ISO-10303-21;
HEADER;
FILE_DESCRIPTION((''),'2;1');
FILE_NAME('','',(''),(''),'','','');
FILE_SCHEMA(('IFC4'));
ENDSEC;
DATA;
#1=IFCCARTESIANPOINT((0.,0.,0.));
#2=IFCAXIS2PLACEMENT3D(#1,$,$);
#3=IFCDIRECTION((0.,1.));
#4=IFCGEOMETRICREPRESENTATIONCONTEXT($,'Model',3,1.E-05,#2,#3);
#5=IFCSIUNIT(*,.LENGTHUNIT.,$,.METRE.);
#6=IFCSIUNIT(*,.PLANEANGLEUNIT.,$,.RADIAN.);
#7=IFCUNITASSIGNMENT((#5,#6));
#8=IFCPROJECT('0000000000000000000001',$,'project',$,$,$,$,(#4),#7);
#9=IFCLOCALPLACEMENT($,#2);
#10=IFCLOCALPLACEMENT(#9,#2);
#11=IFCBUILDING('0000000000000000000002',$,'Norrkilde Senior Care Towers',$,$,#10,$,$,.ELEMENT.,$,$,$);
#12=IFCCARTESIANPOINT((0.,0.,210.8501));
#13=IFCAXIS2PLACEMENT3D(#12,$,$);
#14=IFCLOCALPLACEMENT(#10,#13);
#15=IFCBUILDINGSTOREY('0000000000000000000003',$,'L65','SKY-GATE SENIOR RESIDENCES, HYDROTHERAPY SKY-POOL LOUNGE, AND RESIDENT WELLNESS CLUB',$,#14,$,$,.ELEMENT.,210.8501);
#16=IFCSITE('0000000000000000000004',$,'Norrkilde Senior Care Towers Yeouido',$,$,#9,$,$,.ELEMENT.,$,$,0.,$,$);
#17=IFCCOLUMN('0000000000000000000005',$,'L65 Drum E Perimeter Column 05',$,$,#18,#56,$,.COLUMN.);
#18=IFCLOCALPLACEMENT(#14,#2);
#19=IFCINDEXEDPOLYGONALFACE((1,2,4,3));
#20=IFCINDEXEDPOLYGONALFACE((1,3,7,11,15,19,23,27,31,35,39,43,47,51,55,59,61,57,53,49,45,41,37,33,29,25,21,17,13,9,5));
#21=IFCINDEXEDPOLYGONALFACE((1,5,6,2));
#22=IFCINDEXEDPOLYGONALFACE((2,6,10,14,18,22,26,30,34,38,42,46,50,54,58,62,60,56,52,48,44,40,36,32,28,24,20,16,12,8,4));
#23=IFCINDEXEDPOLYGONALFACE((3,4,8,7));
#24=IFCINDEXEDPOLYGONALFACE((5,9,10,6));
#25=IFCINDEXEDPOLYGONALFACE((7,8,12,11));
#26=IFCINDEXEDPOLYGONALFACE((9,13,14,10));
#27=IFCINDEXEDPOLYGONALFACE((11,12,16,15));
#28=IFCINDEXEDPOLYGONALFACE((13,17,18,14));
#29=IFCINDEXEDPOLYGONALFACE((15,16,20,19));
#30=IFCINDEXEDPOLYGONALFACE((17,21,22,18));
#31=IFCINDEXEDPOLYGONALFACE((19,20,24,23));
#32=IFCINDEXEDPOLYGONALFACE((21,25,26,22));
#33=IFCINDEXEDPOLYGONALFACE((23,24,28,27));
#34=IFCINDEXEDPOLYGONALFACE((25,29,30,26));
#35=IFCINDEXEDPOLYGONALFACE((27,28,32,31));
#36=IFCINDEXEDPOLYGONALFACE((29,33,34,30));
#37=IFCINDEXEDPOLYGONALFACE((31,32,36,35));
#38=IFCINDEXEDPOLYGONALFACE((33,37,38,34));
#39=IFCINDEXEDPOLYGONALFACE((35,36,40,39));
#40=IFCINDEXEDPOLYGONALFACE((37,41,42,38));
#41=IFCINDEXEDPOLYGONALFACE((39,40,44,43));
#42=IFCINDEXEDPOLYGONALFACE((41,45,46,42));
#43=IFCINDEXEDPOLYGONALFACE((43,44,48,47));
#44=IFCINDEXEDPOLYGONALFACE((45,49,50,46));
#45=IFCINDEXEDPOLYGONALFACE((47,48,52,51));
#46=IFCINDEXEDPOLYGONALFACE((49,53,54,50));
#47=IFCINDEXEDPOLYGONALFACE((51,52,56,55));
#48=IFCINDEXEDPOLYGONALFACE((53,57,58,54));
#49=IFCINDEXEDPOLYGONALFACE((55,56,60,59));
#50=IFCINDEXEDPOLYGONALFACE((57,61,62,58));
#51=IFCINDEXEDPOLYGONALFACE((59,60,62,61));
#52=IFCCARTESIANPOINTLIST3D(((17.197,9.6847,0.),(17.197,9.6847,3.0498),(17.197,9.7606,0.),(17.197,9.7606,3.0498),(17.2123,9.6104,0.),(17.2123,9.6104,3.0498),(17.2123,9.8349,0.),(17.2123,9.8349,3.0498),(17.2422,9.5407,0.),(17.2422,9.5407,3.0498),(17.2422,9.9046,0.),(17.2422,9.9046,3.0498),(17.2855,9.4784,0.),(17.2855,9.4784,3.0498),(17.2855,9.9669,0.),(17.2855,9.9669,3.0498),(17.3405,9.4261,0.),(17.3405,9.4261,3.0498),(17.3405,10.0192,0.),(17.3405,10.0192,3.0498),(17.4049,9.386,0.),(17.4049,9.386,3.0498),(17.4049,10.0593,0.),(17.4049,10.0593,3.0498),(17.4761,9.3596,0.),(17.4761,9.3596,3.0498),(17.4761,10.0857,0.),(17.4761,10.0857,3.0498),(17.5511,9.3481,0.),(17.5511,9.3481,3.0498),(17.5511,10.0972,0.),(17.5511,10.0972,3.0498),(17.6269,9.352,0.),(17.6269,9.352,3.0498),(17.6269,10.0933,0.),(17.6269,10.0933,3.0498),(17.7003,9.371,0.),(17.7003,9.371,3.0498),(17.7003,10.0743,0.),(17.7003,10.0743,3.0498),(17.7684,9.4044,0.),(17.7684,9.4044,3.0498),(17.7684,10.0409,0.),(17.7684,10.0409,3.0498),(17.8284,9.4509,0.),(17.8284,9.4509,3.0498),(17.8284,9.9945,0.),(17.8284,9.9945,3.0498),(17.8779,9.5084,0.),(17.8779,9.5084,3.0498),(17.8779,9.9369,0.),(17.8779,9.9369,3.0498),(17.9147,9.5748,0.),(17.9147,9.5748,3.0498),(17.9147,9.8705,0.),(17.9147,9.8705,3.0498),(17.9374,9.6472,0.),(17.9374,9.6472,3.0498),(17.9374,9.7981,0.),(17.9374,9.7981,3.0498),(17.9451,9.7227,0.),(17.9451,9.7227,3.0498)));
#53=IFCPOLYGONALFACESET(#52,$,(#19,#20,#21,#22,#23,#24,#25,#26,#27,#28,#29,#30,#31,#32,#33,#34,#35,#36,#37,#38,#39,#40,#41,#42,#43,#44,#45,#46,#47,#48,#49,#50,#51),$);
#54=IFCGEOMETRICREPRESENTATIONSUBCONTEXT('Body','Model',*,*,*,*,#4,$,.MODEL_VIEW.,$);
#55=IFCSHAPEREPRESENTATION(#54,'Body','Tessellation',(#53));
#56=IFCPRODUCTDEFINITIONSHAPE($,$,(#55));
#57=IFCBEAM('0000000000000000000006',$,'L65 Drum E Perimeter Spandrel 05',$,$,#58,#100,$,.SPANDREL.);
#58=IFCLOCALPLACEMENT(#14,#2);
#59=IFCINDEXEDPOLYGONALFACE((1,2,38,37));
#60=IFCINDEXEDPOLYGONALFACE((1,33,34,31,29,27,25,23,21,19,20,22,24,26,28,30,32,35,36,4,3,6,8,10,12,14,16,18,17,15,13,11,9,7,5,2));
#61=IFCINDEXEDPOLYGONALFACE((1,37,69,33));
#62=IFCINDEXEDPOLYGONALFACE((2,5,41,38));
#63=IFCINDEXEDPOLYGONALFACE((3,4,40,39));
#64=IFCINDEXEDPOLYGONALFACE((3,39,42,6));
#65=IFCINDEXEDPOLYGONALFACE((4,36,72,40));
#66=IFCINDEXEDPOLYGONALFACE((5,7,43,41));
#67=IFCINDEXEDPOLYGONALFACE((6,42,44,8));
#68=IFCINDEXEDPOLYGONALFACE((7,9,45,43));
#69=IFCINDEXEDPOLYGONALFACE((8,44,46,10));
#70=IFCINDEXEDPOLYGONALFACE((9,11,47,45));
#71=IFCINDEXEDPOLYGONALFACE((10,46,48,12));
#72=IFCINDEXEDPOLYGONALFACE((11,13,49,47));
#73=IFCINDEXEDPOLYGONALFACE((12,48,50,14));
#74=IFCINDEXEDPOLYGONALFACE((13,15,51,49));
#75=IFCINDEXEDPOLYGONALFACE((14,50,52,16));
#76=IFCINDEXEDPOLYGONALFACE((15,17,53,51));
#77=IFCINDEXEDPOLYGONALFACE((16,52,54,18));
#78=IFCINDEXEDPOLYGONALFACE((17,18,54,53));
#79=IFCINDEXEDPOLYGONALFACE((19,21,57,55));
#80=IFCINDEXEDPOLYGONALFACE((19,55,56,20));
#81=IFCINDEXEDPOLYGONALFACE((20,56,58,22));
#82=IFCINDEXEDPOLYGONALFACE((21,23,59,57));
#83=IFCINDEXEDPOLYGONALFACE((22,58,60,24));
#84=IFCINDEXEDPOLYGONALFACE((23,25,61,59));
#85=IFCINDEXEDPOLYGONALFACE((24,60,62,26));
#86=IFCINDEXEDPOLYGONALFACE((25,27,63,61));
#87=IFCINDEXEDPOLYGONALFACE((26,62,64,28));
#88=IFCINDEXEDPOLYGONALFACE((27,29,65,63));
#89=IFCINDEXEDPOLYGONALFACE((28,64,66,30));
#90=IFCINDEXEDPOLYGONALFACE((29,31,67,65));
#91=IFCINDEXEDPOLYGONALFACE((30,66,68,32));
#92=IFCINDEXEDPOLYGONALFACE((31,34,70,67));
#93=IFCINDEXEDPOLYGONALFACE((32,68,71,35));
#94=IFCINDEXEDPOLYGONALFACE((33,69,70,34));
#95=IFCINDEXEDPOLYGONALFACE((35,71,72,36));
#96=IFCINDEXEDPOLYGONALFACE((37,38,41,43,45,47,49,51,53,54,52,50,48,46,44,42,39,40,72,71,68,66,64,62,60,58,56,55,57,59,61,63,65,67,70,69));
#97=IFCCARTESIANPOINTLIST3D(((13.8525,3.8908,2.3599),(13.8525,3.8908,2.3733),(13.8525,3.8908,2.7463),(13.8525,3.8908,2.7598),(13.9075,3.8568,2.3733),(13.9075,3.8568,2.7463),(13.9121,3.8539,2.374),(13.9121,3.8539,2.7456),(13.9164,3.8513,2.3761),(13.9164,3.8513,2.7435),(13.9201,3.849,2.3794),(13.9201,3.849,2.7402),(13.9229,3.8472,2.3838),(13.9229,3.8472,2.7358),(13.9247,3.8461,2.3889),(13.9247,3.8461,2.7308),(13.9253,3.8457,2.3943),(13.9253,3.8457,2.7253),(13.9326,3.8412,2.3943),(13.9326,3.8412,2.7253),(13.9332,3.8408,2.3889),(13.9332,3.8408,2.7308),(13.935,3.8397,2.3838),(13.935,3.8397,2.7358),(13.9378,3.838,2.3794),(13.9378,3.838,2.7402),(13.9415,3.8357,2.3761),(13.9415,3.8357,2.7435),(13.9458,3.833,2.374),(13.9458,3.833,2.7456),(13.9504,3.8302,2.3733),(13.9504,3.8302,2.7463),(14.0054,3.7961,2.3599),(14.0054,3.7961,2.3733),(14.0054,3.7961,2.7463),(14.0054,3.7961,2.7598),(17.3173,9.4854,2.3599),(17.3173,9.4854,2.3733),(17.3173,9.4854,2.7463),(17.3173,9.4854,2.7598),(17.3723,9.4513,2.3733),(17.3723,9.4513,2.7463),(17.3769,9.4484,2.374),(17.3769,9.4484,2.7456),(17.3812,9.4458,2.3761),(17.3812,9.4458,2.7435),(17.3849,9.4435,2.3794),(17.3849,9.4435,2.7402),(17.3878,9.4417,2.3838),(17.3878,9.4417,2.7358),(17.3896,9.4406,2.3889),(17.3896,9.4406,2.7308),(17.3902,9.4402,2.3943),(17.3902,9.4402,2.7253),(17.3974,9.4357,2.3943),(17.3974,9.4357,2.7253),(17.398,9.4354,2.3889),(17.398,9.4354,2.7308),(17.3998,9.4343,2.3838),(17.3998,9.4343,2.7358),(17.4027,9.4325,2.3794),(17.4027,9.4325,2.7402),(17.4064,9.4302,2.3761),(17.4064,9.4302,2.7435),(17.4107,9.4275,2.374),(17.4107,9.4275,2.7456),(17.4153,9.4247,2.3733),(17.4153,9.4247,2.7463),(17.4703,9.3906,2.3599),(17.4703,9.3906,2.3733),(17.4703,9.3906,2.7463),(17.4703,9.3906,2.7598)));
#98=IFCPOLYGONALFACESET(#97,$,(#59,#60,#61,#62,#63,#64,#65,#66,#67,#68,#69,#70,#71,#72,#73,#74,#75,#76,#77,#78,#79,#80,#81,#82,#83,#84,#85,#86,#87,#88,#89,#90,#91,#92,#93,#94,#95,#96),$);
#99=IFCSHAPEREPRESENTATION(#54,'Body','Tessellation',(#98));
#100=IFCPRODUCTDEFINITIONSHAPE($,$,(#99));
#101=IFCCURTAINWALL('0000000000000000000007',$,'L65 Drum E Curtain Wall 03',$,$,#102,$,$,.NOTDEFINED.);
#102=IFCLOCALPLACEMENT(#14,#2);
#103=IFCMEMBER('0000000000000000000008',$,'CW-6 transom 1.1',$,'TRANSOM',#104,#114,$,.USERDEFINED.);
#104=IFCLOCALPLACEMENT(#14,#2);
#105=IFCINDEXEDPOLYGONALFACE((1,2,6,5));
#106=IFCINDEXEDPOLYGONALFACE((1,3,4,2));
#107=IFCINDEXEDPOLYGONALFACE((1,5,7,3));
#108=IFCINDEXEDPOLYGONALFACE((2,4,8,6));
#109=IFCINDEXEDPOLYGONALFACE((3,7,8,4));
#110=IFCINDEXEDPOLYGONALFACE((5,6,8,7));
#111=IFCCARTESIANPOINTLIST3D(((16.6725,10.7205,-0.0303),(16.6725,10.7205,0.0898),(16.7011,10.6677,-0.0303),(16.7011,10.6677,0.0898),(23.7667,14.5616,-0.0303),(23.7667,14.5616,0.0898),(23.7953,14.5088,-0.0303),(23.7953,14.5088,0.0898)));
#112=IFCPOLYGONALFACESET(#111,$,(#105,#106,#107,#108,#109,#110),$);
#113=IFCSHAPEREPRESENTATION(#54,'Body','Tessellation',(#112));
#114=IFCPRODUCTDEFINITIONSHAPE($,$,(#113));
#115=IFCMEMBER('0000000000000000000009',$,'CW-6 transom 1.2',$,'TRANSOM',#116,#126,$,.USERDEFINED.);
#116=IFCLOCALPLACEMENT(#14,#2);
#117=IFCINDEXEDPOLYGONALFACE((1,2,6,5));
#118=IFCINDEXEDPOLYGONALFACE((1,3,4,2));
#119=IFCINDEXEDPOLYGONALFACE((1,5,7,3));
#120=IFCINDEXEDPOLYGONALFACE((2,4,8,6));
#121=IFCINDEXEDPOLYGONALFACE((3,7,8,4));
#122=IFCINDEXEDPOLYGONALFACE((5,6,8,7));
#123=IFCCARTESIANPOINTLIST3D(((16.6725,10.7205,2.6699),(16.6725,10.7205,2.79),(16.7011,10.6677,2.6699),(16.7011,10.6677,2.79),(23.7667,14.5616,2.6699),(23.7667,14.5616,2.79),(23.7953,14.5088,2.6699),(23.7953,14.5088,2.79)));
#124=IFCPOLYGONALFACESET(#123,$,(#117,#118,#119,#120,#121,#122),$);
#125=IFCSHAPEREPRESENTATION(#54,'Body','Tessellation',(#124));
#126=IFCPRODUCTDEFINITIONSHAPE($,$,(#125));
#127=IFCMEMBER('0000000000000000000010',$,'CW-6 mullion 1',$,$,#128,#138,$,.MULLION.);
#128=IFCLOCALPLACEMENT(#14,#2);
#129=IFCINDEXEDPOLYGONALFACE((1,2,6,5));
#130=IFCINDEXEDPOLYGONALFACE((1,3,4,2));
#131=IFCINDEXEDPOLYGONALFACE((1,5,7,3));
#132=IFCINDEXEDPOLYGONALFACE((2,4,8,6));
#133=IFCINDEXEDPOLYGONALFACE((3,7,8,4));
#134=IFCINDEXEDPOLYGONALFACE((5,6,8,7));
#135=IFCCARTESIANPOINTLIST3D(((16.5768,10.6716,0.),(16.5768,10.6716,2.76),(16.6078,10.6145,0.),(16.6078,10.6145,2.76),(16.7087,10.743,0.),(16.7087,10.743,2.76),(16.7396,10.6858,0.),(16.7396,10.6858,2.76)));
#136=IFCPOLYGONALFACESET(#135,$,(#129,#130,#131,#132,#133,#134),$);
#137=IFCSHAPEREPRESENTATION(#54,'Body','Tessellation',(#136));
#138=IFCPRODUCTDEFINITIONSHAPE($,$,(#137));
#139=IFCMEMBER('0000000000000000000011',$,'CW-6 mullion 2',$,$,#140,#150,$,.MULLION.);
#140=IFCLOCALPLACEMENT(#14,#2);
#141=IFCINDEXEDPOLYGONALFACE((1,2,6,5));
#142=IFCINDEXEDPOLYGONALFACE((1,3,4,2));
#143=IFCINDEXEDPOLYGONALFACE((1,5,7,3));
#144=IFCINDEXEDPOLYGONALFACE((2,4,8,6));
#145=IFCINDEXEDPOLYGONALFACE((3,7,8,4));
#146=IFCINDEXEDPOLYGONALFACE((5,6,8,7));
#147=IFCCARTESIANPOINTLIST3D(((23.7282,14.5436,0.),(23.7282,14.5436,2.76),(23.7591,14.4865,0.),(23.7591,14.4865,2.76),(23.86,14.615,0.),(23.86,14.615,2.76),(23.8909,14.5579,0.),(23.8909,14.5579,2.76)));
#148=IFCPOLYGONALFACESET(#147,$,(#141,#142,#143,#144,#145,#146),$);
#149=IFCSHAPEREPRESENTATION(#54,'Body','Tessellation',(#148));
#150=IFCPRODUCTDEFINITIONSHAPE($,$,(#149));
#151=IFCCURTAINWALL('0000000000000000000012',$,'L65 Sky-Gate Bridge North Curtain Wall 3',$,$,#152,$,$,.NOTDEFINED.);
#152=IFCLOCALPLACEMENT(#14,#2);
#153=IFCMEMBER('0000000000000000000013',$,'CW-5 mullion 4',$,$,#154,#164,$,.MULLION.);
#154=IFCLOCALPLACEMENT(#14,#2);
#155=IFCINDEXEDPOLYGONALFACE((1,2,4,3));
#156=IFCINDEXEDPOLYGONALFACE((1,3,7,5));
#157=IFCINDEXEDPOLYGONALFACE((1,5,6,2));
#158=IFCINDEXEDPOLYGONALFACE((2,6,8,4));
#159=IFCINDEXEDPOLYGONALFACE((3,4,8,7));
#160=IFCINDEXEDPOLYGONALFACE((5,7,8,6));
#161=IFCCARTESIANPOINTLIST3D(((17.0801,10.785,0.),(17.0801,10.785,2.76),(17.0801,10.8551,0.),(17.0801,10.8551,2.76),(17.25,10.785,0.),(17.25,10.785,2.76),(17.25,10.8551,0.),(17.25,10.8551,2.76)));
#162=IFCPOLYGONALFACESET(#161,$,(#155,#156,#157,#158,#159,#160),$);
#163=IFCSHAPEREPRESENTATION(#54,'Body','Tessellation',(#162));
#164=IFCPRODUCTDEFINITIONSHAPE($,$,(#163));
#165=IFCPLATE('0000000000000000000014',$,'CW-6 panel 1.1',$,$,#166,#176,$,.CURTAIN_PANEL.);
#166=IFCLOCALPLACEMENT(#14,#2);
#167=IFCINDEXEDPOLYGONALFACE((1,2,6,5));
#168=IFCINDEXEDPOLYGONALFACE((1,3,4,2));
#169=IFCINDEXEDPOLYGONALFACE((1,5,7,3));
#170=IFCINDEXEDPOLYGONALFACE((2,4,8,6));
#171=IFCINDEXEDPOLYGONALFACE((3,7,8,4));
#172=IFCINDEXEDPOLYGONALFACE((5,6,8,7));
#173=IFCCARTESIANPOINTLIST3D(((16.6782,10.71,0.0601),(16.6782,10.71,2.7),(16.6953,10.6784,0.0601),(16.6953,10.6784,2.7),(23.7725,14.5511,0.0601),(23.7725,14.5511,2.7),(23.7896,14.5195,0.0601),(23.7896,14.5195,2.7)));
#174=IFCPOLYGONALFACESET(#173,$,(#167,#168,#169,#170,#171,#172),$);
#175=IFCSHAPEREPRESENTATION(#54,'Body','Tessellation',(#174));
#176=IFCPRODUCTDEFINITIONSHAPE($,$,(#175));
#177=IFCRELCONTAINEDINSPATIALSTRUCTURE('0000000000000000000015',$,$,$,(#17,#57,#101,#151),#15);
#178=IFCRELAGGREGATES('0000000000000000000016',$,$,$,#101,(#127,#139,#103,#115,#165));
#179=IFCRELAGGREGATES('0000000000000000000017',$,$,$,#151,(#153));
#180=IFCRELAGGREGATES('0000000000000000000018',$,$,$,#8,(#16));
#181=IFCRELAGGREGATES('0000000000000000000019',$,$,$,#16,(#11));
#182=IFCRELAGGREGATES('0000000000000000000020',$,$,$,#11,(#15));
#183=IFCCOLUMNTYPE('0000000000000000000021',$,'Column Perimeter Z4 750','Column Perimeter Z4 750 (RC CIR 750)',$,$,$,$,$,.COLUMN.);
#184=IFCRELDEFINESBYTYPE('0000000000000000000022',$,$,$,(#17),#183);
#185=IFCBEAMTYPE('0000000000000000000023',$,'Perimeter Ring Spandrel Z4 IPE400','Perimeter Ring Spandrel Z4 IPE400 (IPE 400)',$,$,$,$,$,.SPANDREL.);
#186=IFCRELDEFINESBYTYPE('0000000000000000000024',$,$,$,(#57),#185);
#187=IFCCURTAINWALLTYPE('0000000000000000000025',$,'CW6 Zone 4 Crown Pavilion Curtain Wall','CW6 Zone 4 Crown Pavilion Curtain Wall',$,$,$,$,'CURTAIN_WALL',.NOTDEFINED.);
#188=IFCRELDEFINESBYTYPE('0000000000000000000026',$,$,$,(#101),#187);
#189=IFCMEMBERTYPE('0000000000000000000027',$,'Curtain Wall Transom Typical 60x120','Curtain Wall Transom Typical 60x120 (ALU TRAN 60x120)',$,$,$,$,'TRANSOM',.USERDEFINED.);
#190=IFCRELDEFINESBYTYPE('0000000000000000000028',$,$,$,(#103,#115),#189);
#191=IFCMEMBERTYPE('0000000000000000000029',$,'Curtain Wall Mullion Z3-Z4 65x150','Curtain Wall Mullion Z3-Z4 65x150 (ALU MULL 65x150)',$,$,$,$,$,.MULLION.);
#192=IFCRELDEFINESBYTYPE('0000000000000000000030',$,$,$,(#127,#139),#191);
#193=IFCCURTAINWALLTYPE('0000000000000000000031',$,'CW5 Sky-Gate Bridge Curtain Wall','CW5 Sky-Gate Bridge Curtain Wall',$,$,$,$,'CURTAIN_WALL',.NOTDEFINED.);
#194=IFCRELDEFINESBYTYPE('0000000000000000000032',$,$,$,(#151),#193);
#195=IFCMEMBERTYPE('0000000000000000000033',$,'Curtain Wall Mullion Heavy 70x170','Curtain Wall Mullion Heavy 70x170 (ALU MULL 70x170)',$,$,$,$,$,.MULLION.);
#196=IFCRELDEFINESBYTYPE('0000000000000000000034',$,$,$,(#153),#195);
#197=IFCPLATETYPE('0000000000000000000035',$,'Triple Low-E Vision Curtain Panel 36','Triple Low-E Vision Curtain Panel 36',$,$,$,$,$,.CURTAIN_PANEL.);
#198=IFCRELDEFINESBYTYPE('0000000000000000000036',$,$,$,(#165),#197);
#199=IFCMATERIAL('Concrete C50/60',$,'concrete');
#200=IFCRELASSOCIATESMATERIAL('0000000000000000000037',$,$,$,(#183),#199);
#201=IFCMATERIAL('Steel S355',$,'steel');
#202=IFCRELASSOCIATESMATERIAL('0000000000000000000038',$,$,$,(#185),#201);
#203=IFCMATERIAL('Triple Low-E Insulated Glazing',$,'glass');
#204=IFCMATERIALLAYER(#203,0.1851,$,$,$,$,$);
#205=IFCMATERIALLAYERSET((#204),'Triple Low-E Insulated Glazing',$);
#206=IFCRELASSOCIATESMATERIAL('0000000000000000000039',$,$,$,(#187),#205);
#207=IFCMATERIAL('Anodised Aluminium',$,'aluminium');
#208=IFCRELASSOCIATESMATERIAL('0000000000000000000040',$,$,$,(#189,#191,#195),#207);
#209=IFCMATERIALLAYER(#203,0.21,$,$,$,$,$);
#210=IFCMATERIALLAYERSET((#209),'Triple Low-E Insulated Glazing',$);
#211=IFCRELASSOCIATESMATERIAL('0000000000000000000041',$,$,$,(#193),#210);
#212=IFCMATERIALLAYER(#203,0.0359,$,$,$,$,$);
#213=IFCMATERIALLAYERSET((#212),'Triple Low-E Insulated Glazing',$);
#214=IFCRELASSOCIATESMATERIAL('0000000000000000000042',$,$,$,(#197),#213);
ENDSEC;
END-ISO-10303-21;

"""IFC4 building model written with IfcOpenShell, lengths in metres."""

from ifc_helpers import new_model, si_unit, direction, frame, origin, origin_2d, place, context, subcontext, project, spatial, rectangle, circle, i_section, extrude, source, transform, mapped, material, layer, layer_set, material_profile, profile_set, type_object, type_shapes, element, aggregate, save


model = new_model("IFC4")

# Units and contexts
model_context = context("Model", 3, precision=1e-05, world=origin(), true_north=direction((0.0, 1.0)))
body_context = subcontext(model_context, "Body", "Model", "MODEL_VIEW")
ifc_project = project(units=[si_unit("LENGTHUNIT", "METRE"), si_unit("PLANEANGLEUNIT", "RADIAN")], contexts=[model_context])

# Site, building, storey
site_placement = place(None, origin())
site = spatial("IfcSite", under=ifc_project, at=site_placement, Name="Norrkilde Senior Care Towers Yeouido", CompositionType="ELEMENT", RefElevation=0.0)
building_placement = place(site_placement, origin())
building = spatial("IfcBuilding", under=site, at=building_placement, Name="Norrkilde Senior Care Towers", CompositionType="ELEMENT")
storey_placement = place(building_placement, frame((0.0, 0.0, 210.8501)))
storey = spatial("IfcBuildingStorey", under=building, at=storey_placement, Name="L65", Description="SKY-GATE SENIOR RESIDENCES, HYDROTHERAPY SKY-POOL LOUNGE, AND RESIDENT WELLNESS CLUB", CompositionType="ELEMENT", Elevation=210.8501)

# Column
ifc_material_1 = material(Name="Concrete C50/60", Category="concrete")
ifc_material_profile_1 = material_profile(ifc_material_1, circle(Radius=0.375, at=origin_2d()), Name="RC CIR 750")
ifc_profile_set_1 = profile_set([ifc_material_profile_1], Name="Concrete C50/60")
column_type = type_object("IfcColumnType", Name="Column Perimeter Z4 750", Description="Column Perimeter Z4 750 (RC CIR 750)", PredefinedType="COLUMN", material=ifc_profile_set_1)
shared_shape_1 = source(origin(), body_context, "Body", "SweptSolid", [
    extrude(circle(Radius=0.375, at=origin_2d()), origin(), (0.0, 0.0, 1.0), 3.0498),
])
type_shapes(column_type, [shared_shape_1])
column_placement = place(storey_placement, frame((17.5701, 9.7227, 0.0), z_axis=(0.0, 0.0, 1.0), x_axis=(1.0, 0.0, 0.0)))
element("IfcColumn", 1, at=column_placement, inside=storey, type_object=column_type, Name="L65 Drum E Perimeter Column 05", PredefinedType="COLUMN", context=body_context, shape_type="MappedRepresentation", body=[
    mapped(shared_shape_1, transform((0.0, 0.0, 0.0), x_axis=(1.0, 0.0, 0.0), y_axis=(0.0, 1.0, 0.0), z_axis=(0.0, 0.0, 1.0), scale=1.0)),
])

# Beam
ifc_material_2 = material(Name="Steel S355", Category="steel")
ifc_material_profile_2 = material_profile(ifc_material_2, i_section(OverallWidth=0.1799, OverallDepth=0.3999, WebThickness=0.0085, FlangeThickness=0.0134, FilletRadius=0.021, at=origin_2d()), Name="IPE 400")
ifc_profile_set_2 = profile_set([ifc_material_profile_2], Name="Steel S355")
beam_type = type_object("IfcBeamType", Name="Perimeter Ring Spandrel Z4 IPE400", Description="Perimeter Ring Spandrel Z4 IPE400 (IPE 400)", PredefinedType="SPANDREL", material=ifc_profile_set_2)
shared_shape_2 = source(origin(), body_context, "Body", "SweptSolid", [
    extrude(i_section(OverallWidth=0.1799, OverallDepth=0.3999, WebThickness=0.0085, FlangeThickness=0.0134, FilletRadius=0.021, at=origin_2d()), origin(), (0.0, 0.0, 1.0), 6.5806),
])
type_shapes(beam_type, [shared_shape_2])
beam_placement = place(storey_placement, frame((17.3938, 9.438, 2.5598), z_axis=(-0.52653, -0.850157, 0.0), x_axis=(0.850157, -0.52653, 0.0)))
element("IfcBeam", 2, at=beam_placement, inside=storey, type_object=beam_type, Name="L65 Drum E Perimeter Spandrel 05", PredefinedType="SPANDREL", context=body_context, shape_type="MappedRepresentation", body=[
    mapped(shared_shape_2, transform((0.0, 0.0, 0.0), x_axis=(1.0, 0.0, 0.0), y_axis=(0.0, 1.0, 0.0), z_axis=(0.0, 0.0, 1.0), scale=1.0)),
])

# Curtain wall, members
ifc_material_3 = material(Name="Triple Low-E Insulated Glazing", Category="glass")
ifc_layer_1 = layer(ifc_material_3, 0.1851)
ifc_layer_set_1 = layer_set([ifc_layer_1], Name="Triple Low-E Insulated Glazing")
curtain_wall_type_1 = type_object("IfcCurtainWallType", Name="CW6 Zone 4 Crown Pavilion Curtain Wall", Description="CW6 Zone 4 Crown Pavilion Curtain Wall", ElementType="CURTAIN_WALL", PredefinedType="NOTDEFINED", material=ifc_layer_set_1)
curtain_wall_1_placement = place(storey_placement, origin())
curtain_wall_1 = element("IfcCurtainWall", 3, at=curtain_wall_1_placement, inside=storey, type_object=curtain_wall_type_1, Name="L65 Drum E Curtain Wall 03", PredefinedType="NOTDEFINED")
ifc_material_4 = material(Name="Anodised Aluminium", Category="aluminium")
ifc_material_profile_3 = material_profile(ifc_material_4, rectangle(XDim=0.0601, YDim=0.1201, at=origin_2d()), Name="ALU TRAN 60x120")
ifc_profile_set_3 = profile_set([ifc_material_profile_3], Name="Anodised Aluminium")
member_type_1 = type_object("IfcMemberType", Name="Curtain Wall Transom Typical 60x120", Description="Curtain Wall Transom Typical 60x120 (ALU TRAN 60x120)", ElementType="TRANSOM", PredefinedType="USERDEFINED", material=ifc_profile_set_3)
shared_shape_3 = source(origin(), body_context, "Body", "SweptSolid", [
    extrude(rectangle(XDim=0.0601, YDim=0.1201, at=origin_2d()), origin(), (0.0, 0.0, 1.0), 8.0674),
])
type_shapes(member_type_1, [shared_shape_3])
member_1_placement = place(storey_placement, frame((16.6868, 10.6941, 0.0298), z_axis=(0.879378, 0.476125, 0.0), x_axis=(-0.476125, 0.879378, 0.0)))
member_1 = element("IfcMember", 4, at=member_1_placement, type_object=member_type_1, Name="CW-6 transom 1.1", ObjectType="TRANSOM", PredefinedType="USERDEFINED", context=body_context, shape_type="MappedRepresentation", body=[
    mapped(shared_shape_3, transform((0.0, 0.0, 0.0), x_axis=(1.0, 0.0, 0.0), y_axis=(0.0, 1.0, 0.0), z_axis=(0.0, 0.0, 1.0), scale=1.0)),
])
member_2_placement = place(storey_placement, frame((16.6868, 10.6941, 2.73), z_axis=(0.879378, 0.476125, 0.0), x_axis=(-0.476125, 0.879378, 0.0)))
member_2 = element("IfcMember", 5, at=member_2_placement, type_object=member_type_1, Name="CW-6 transom 1.2", ObjectType="TRANSOM", PredefinedType="USERDEFINED", context=body_context, shape_type="MappedRepresentation", body=[
    mapped(shared_shape_3, transform((0.0, 0.0, 0.0), x_axis=(1.0, 0.0, 0.0), y_axis=(0.0, 1.0, 0.0), z_axis=(0.0, 0.0, 1.0), scale=1.0)),
])
ifc_material_profile_4 = material_profile(ifc_material_4, rectangle(XDim=0.0649, YDim=0.1499, at=origin_2d()), Name="ALU MULL 65x150")
ifc_profile_set_4 = profile_set([ifc_material_profile_4], Name="Anodised Aluminium")
member_type_2 = type_object("IfcMemberType", Name="Curtain Wall Mullion Z3-Z4 65x150", Description="Curtain Wall Mullion Z3-Z4 65x150 (ALU MULL 65x150)", PredefinedType="MULLION", material=ifc_profile_set_4)
shared_shape_4 = source(origin(), body_context, "Body", "SweptSolid", [
    extrude(rectangle(XDim=0.0649, YDim=0.1499, at=origin_2d()), origin(), (0.0, 0.0, 1.0), 2.76),
])
type_shapes(member_type_2, [shared_shape_4])
member_3_placement = place(storey_placement, frame((16.6582, 10.6787, 0.0), z_axis=(0.0, 0.0, 1.0), x_axis=(-0.476133, 0.879373, 0.0)))
member_3 = element("IfcMember", 6, at=member_3_placement, type_object=member_type_2, Name="CW-6 mullion 1", PredefinedType="MULLION", context=body_context, shape_type="MappedRepresentation", body=[
    mapped(shared_shape_4, transform((0.0, 0.0, 0.0), x_axis=(1.0, 0.0, 0.0), y_axis=(0.0, 1.0, 0.0), z_axis=(0.0, 0.0, 1.0), scale=1.0)),
])
member_4_placement = place(storey_placement, frame((23.8096, 14.5508, 0.0), z_axis=(0.0, 0.0, 1.0), x_axis=(-0.476133, 0.879373, 0.0)))
member_4 = element("IfcMember", 7, at=member_4_placement, type_object=member_type_2, Name="CW-6 mullion 2", PredefinedType="MULLION", context=body_context, shape_type="MappedRepresentation", body=[
    mapped(shared_shape_4, transform((0.0, 0.0, 0.0), x_axis=(1.0, 0.0, 0.0), y_axis=(0.0, 1.0, 0.0), z_axis=(0.0, 0.0, 1.0), scale=1.0)),
])

# Curtain wall, member
ifc_layer_2 = layer(ifc_material_3, 0.21)
ifc_layer_set_2 = layer_set([ifc_layer_2], Name="Triple Low-E Insulated Glazing")
curtain_wall_type_2 = type_object("IfcCurtainWallType", Name="CW5 Sky-Gate Bridge Curtain Wall", Description="CW5 Sky-Gate Bridge Curtain Wall", ElementType="CURTAIN_WALL", PredefinedType="NOTDEFINED", material=ifc_layer_set_2)
curtain_wall_2_placement = place(storey_placement, origin())
curtain_wall_2 = element("IfcCurtainWall", 8, at=curtain_wall_2_placement, inside=storey, type_object=curtain_wall_type_2, Name="L65 Sky-Gate Bridge North Curtain Wall 3", PredefinedType="NOTDEFINED")
ifc_material_profile_5 = material_profile(ifc_material_4, rectangle(XDim=0.0701, YDim=0.1699, at=origin_2d()), Name="ALU MULL 70x170")
ifc_profile_set_5 = profile_set([ifc_material_profile_5], Name="Anodised Aluminium")
member_type_3 = type_object("IfcMemberType", Name="Curtain Wall Mullion Heavy 70x170", Description="Curtain Wall Mullion Heavy 70x170 (ALU MULL 70x170)", PredefinedType="MULLION", material=ifc_profile_set_5)
shared_shape_5 = source(origin(), body_context, "Body", "SweptSolid", [
    extrude(rectangle(XDim=0.0701, YDim=0.1699, at=origin_2d()), origin(), (0.0, 0.0, 1.0), 2.76),
])
type_shapes(member_type_3, [shared_shape_5])
member_5_placement = place(storey_placement, frame((17.165, 10.8201, 0.0), z_axis=(0.0, 0.0, 1.0), x_axis=(0.0, 1.0, 0.0)))
member_5 = element("IfcMember", 9, at=member_5_placement, type_object=member_type_3, Name="CW-5 mullion 4", PredefinedType="MULLION", context=body_context, shape_type="MappedRepresentation", body=[
    mapped(shared_shape_5, transform((0.0, 0.0, 0.0), x_axis=(1.0, 0.0, 0.0), y_axis=(0.0, 1.0, 0.0), z_axis=(0.0, 0.0, 1.0), scale=1.0)),
])

# Plate
ifc_layer_3 = layer(ifc_material_3, 0.0359)
ifc_layer_set_3 = layer_set([ifc_layer_3], Name="Triple Low-E Insulated Glazing")
plate_type = type_object("IfcPlateType", Name="Triple Low-E Vision Curtain Panel 36", Description="Triple Low-E Vision Curtain Panel 36", PredefinedType="CURTAIN_PANEL", material=ifc_layer_set_3)
shared_shape_6 = source(origin(), body_context, "Body", "SweptSolid", [
    extrude(rectangle(XDim=8.0674, YDim=0.0359, at=origin_2d()), origin(), (0.0, 0.0, 1.0), 2.6399),
])
plate_1_placement = place(storey_placement, frame((20.2339, 12.6147, 0.0601), z_axis=(0.0, 0.0, 1.0), x_axis=(0.879373, 0.476133, 0.0)))
plate_1 = element("IfcPlate", 10, at=plate_1_placement, type_object=plate_type, Name="CW-6 panel 1.1", PredefinedType="CURTAIN_PANEL", context=body_context, shape_type="MappedRepresentation", body=[
    mapped(shared_shape_6, transform((0.0, 0.0, 0.0), x_axis=(1.0, 0.0, 0.0), y_axis=(0.0, 1.0, 0.0), z_axis=(0.0, 0.0, 1.0), scale=1.0)),
])
aggregate(curtain_wall_1, [member_3, member_4, member_1, member_2, plate_1])
aggregate(curtain_wall_2, [member_5])

save(model, "model.ifc")
